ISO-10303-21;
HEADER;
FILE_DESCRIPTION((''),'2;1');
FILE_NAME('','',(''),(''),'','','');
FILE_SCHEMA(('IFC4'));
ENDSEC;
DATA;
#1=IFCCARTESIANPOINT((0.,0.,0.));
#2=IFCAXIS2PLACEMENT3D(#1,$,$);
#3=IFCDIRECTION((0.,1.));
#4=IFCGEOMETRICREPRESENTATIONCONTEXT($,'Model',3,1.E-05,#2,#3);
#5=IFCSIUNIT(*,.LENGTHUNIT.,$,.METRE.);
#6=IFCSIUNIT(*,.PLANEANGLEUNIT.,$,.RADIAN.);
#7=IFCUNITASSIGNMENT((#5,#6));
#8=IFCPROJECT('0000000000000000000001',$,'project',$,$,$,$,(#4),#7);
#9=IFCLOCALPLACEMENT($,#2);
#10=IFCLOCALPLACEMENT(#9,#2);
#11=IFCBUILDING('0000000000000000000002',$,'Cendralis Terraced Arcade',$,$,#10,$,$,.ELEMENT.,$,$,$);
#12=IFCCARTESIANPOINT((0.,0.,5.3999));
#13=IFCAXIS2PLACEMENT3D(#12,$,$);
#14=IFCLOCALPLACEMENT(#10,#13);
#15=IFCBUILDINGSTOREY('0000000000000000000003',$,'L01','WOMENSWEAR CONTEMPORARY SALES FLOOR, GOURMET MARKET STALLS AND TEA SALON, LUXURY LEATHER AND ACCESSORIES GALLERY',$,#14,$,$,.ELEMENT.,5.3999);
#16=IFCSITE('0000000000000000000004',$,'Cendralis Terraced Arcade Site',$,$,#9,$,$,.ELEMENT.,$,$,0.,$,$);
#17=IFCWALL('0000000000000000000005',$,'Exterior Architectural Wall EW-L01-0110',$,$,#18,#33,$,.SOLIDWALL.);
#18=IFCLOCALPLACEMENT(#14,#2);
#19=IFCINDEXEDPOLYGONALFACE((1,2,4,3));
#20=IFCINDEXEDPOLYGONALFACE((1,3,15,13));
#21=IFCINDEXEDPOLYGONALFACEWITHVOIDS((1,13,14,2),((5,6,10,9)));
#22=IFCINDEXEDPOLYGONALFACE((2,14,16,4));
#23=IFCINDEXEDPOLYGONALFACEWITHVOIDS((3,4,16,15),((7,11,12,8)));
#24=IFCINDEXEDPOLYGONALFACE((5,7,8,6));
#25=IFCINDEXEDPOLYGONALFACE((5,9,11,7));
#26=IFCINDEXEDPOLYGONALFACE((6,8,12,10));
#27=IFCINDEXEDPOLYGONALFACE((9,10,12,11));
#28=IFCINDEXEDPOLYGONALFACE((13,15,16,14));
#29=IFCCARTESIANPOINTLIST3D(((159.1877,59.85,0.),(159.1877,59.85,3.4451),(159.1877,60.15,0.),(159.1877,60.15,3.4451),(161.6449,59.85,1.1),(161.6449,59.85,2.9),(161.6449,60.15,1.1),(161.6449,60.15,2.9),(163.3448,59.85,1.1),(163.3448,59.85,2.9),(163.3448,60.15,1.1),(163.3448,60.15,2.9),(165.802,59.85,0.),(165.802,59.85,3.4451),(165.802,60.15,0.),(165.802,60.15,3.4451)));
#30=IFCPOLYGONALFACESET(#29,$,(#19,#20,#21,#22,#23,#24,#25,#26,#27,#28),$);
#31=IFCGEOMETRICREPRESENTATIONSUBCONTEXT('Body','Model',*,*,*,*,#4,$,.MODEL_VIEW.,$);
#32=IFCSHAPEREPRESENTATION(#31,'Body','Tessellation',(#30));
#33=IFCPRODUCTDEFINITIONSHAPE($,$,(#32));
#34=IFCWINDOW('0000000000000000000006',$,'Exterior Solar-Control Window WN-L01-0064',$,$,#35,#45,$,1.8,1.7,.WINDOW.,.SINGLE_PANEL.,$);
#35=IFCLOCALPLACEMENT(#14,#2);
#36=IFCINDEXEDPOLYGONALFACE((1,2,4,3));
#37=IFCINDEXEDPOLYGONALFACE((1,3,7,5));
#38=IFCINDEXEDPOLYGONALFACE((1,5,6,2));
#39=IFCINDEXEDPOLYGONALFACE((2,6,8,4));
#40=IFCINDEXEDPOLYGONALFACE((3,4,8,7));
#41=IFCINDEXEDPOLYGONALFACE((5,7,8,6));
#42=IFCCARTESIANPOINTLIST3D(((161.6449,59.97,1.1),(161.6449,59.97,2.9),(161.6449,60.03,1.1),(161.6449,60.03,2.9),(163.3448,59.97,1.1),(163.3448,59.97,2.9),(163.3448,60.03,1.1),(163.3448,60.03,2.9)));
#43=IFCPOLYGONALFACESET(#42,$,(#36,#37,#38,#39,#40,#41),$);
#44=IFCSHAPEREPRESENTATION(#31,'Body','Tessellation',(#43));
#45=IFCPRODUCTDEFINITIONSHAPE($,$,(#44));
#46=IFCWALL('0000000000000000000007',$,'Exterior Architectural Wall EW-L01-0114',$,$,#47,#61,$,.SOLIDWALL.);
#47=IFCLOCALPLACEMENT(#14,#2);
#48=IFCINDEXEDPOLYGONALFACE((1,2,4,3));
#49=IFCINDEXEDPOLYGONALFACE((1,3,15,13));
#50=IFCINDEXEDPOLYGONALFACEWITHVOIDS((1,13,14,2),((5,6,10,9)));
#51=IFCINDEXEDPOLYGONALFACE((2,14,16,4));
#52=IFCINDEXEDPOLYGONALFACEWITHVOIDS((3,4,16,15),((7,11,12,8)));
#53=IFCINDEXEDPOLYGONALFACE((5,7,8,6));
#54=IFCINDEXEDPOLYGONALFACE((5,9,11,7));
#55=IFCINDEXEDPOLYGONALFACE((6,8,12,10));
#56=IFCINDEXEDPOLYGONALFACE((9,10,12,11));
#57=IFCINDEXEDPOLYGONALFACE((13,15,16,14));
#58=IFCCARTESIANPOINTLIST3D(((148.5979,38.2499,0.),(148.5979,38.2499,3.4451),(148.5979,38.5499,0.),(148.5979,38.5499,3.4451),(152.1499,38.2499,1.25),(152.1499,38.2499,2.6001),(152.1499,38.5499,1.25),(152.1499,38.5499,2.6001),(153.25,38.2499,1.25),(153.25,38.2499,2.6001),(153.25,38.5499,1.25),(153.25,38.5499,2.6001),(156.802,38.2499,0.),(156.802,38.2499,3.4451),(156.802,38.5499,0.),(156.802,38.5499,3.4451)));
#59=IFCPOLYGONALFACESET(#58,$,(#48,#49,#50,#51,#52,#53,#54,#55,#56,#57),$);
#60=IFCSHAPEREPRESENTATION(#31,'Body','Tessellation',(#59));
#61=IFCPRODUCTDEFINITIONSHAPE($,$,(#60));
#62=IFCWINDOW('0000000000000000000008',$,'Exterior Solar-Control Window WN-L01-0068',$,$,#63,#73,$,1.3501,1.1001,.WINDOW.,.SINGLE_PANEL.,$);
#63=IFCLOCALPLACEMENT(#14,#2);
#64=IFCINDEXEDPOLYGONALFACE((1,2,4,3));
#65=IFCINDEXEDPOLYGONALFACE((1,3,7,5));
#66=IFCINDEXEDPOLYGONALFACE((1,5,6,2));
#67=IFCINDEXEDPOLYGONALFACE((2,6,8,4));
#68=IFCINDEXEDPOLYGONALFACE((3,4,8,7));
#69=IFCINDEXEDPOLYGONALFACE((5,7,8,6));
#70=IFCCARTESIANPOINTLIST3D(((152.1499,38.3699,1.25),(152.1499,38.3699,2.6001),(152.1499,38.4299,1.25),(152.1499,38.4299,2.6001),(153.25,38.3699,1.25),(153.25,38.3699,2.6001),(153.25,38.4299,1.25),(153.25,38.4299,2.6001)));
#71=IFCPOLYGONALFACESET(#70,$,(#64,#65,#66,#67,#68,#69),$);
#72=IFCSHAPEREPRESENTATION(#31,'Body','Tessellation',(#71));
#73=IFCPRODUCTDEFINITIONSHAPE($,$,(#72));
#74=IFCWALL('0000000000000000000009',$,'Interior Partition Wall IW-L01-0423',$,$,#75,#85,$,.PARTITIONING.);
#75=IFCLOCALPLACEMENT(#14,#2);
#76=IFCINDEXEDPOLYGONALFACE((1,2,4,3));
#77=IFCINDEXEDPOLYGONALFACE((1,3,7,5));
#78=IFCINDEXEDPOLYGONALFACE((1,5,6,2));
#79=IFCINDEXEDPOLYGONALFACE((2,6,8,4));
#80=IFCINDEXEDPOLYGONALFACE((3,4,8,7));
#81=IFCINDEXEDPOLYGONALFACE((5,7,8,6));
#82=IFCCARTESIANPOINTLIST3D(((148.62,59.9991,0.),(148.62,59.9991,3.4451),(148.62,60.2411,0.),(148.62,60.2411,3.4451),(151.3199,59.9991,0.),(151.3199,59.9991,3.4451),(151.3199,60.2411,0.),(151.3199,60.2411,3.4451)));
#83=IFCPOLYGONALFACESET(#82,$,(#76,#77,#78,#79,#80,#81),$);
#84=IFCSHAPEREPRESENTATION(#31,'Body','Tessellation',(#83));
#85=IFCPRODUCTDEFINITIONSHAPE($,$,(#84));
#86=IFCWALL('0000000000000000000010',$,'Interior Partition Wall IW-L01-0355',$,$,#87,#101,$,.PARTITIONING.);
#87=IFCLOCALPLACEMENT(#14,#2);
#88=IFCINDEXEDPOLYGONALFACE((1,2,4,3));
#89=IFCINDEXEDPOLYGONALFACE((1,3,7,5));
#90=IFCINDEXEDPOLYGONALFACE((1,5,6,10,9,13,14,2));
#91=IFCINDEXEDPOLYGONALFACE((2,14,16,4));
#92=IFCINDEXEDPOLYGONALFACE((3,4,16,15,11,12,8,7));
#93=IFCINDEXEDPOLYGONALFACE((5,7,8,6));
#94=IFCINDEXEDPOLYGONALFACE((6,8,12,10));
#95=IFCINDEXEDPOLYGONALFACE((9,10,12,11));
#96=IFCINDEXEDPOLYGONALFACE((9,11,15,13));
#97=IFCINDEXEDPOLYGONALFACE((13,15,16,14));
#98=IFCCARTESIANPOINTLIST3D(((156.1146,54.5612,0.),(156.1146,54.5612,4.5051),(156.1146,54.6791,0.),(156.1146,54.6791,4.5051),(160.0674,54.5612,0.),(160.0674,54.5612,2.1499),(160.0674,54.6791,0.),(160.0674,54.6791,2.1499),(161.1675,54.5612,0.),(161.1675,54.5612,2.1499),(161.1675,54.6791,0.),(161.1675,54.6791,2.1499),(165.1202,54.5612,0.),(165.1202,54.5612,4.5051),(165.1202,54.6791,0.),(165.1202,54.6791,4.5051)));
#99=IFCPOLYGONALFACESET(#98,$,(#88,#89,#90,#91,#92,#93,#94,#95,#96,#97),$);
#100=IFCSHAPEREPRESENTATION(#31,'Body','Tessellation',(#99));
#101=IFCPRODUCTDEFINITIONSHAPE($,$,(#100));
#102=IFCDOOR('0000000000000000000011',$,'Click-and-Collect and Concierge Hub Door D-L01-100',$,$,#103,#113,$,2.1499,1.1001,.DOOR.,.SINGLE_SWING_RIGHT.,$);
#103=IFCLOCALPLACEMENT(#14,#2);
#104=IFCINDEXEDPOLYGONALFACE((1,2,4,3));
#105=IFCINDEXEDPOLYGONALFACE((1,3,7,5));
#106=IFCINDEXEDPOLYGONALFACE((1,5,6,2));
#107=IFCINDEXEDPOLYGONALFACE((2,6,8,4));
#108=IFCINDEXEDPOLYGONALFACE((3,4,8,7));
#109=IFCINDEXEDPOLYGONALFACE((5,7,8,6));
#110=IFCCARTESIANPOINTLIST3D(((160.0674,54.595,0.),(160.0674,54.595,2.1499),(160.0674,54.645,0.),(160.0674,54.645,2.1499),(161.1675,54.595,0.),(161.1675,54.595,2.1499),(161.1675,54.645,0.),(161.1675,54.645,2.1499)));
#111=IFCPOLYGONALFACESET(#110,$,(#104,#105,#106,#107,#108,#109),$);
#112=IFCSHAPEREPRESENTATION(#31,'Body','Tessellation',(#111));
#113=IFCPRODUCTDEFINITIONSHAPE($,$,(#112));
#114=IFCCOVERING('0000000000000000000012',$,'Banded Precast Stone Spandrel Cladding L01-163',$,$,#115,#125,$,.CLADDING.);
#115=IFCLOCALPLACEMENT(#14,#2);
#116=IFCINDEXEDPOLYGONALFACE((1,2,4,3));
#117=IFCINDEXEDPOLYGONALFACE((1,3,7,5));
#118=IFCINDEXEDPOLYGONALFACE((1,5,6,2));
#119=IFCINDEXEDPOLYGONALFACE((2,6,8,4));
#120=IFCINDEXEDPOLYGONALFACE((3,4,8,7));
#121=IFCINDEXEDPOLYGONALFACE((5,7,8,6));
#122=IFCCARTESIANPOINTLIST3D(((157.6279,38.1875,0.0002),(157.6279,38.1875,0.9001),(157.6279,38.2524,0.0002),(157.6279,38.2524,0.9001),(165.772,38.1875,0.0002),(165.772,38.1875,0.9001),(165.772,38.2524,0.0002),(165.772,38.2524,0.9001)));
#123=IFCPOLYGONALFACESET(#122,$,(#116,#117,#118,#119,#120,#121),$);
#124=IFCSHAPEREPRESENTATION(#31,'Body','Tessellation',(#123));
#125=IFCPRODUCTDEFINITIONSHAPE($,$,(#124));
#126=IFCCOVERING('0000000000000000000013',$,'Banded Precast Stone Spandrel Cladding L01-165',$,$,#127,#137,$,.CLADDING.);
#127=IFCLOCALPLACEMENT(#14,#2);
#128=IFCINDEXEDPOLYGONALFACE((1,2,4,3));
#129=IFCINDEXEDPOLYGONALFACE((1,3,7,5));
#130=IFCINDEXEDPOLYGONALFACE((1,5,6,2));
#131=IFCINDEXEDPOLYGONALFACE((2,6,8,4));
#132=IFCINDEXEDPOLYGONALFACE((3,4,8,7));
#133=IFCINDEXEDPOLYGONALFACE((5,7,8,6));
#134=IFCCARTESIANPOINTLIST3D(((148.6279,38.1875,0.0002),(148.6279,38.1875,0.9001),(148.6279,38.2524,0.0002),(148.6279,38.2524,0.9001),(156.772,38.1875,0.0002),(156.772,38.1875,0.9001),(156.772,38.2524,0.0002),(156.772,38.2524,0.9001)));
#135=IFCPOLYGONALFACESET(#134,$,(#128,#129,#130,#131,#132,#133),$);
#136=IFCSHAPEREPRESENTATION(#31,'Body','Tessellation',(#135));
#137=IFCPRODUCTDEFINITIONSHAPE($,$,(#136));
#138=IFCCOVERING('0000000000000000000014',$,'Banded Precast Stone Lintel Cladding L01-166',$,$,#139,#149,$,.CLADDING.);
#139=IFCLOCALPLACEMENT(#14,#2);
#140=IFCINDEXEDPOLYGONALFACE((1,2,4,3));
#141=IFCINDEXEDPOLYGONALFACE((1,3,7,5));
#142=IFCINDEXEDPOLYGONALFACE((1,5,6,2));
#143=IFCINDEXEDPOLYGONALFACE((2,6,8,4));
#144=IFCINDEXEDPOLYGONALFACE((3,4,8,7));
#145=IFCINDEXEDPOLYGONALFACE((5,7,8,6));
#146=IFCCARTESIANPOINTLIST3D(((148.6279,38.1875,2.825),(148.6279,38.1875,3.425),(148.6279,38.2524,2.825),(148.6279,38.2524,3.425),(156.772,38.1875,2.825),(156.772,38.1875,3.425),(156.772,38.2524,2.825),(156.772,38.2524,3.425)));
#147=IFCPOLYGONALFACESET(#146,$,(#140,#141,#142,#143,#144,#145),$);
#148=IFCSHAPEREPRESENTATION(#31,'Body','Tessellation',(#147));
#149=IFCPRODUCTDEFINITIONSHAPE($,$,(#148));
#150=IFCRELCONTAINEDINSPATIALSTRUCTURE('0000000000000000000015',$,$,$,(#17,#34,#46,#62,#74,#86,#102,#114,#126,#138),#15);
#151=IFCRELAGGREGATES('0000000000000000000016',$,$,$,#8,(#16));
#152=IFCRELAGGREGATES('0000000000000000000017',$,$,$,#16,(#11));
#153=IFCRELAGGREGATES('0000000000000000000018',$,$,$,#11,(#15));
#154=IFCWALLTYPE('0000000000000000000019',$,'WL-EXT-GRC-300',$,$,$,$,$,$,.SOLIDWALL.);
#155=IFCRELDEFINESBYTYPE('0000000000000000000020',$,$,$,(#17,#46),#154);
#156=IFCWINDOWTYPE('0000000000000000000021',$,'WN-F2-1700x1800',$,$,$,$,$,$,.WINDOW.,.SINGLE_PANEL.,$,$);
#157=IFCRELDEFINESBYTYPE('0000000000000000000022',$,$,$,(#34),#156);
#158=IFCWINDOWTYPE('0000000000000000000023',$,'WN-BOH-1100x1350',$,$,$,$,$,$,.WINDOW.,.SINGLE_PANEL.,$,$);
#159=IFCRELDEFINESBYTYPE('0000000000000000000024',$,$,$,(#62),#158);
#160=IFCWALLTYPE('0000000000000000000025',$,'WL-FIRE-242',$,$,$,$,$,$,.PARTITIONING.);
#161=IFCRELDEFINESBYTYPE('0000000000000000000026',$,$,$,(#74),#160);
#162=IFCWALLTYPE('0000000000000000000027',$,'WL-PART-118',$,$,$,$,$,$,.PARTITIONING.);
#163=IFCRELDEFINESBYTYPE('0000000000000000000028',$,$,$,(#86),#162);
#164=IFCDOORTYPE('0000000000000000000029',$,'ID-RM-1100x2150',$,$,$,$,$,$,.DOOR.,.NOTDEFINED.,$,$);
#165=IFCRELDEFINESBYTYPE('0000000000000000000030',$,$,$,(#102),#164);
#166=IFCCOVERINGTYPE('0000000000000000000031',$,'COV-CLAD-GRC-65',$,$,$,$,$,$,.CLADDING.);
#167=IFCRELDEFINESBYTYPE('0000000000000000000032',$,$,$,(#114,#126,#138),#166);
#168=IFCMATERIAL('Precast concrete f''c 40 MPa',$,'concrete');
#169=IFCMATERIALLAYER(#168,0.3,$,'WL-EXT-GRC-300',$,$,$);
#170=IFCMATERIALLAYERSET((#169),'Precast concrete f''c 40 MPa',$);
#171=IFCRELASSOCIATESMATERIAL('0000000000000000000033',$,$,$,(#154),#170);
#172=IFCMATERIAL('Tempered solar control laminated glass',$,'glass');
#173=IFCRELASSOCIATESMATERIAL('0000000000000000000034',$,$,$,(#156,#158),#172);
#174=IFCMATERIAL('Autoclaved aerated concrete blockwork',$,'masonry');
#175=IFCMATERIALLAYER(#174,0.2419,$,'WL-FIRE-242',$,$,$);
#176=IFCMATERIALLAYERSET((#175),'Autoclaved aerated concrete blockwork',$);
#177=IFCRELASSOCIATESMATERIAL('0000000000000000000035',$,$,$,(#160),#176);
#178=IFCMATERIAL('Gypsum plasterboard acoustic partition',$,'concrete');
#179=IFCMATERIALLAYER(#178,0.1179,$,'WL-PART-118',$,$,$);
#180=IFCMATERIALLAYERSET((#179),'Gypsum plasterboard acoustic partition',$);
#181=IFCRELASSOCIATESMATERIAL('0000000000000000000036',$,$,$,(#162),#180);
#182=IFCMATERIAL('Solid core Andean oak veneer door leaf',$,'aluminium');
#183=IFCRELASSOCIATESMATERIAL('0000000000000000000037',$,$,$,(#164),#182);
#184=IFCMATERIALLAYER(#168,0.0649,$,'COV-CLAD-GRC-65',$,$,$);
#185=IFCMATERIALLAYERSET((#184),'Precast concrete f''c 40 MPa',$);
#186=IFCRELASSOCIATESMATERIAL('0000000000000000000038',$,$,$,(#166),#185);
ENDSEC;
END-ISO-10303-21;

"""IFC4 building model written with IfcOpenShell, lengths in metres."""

from ifc_helpers import new_model, si_unit, direction, frame, frame_2d, origin, origin_2d, place, context, subcontext, project, spatial, rectangle, extrude, material, layer, layer_set, type_object, element, fill, save


model = new_model("IFC4")

# Units and contexts
model_context = context("Model", 3, precision=1e-05, world=origin(), true_north=direction((0.0, 1.0)))
body_context = subcontext(model_context, "Body", "Model", "MODEL_VIEW")
ifc_project = project(units=[si_unit("LENGTHUNIT", "METRE"), si_unit("PLANEANGLEUNIT", "RADIAN")], contexts=[model_context])

# Site, building, storey
site_placement = place(None, origin())
site = spatial("IfcSite", under=ifc_project, at=site_placement, Name="Cendralis Terraced Arcade Site", CompositionType="ELEMENT", RefElevation=0.0)
building_placement = place(site_placement, origin())
building = spatial("IfcBuilding", under=site, at=building_placement, Name="Cendralis Terraced Arcade", CompositionType="ELEMENT")
storey_placement = place(building_placement, frame((0.0, 0.0, 5.3999)))
storey = spatial("IfcBuildingStorey", under=building, at=storey_placement, Name="L01", Description="WOMENSWEAR CONTEMPORARY SALES FLOOR, GOURMET MARKET STALLS AND TEA SALON, LUXURY LEATHER AND ACCESSORIES GALLERY", CompositionType="ELEMENT", Elevation=5.3999)

# Walls, openings, windows
ifc_material_1 = material(Name="Precast concrete f'c 40 MPa", Category="concrete")
ifc_layer_1 = layer(ifc_material_1, 0.3, Name="WL-EXT-GRC-300")
ifc_layer_set_1 = layer_set([ifc_layer_1], Name="Precast concrete f'c 40 MPa")
wall_type_1 = type_object("IfcWallType", Name="WL-EXT-GRC-300", PredefinedType="SOLIDWALL", material=ifc_layer_set_1)
wall_1_placement = place(storey_placement, frame((159.1877, 60.0, 0.0), z_axis=(0.0, 0.0, 1.0), x_axis=(1.0, 0.0, 0.0)))
wall_1 = element("IfcWall", 1, at=wall_1_placement, inside=storey, type_object=wall_type_1, Name="Exterior Architectural Wall EW-L01-0110", PredefinedType="SOLIDWALL", context=body_context, shape_type="SweptSolid", body=[
    extrude(rectangle(XDim=6.6143, YDim=0.3, at=frame_2d((3.3071, 0.0))), origin(), (0.0, 0.0, 1.0), 3.4451),
])
opening_1_placement = place(wall_1_placement, frame((2.457, 0.0, 1.1001)))
opening_1 = element("IfcOpeningElement", 2, at=opening_1_placement, cuts=wall_1, PredefinedType="OPENING", context=body_context, shape_type="SweptSolid", body=[
    extrude(rectangle(XDim=1.7, YDim=1.8, at=frame_2d((0.8501, 0.8999))), frame((0.0, 0.1621, 0.0), z_axis=(0.0, -1.0, 0.0), x_axis=(1.0, 0.0, 0.0)), (0.0, 0.0, 1.0), 0.324),
])
ifc_material_2 = material(Name="Tempered solar control laminated glass", Category="glass")
window_type_1 = type_object("IfcWindowType", Name="WN-F2-1700x1800", PartitioningType="SINGLE_PANEL", PredefinedType="WINDOW", material=ifc_material_2)
window_1_placement = place(opening_1_placement, origin())
window_1 = element("IfcWindow", 3, at=window_1_placement, inside=storey, type_object=window_type_1, Name="Exterior Solar-Control Window WN-L01-0064", OverallHeight=1.8, OverallWidth=1.7, PartitioningType="SINGLE_PANEL", PredefinedType="WINDOW", context=body_context, shape_type="SweptSolid", body=[
    extrude(rectangle(XDim=1.7, YDim=1.8, at=frame_2d((0.8501, 0.8999))), frame((0.0, 0.03, 0.0), z_axis=(0.0, -1.0, 0.0), x_axis=(1.0, 0.0, 0.0)), (0.0, 0.0, 1.0), 0.0601),
])
fill(opening_1, window_1)
wall_2_placement = place(storey_placement, frame((156.802, 38.3999, 0.0), z_axis=(0.0, 0.0, 1.0), x_axis=(-1.0, 0.0, 0.0)))
wall_2 = element("IfcWall", 4, at=wall_2_placement, inside=storey, type_object=wall_type_1, Name="Exterior Architectural Wall EW-L01-0114", PredefinedType="SOLIDWALL", context=body_context, shape_type="SweptSolid", body=[
    extrude(rectangle(XDim=8.2041, YDim=0.3, at=frame_2d((4.1021, 0.0))), origin(), (0.0, 0.0, 1.0), 3.4451),
])
opening_2_placement = place(wall_2_placement, frame((3.552, 0.0, 1.25)))
opening_2 = element("IfcOpeningElement", 5, at=opening_2_placement, cuts=wall_2, PredefinedType="OPENING", context=body_context, shape_type="SweptSolid", body=[
    extrude(rectangle(XDim=1.1001, YDim=1.3501, at=frame_2d((0.55, 0.675))), frame((0.0, 0.1621, 0.0), z_axis=(0.0, -1.0, 0.0), x_axis=(1.0, 0.0, 0.0)), (0.0, 0.0, 1.0), 0.324),
])
window_type_2 = type_object("IfcWindowType", Name="WN-BOH-1100x1350", PartitioningType="SINGLE_PANEL", PredefinedType="WINDOW", material=ifc_material_2)
window_2_placement = place(opening_2_placement, origin())
window_2 = element("IfcWindow", 6, at=window_2_placement, inside=storey, type_object=window_type_2, Name="Exterior Solar-Control Window WN-L01-0068", OverallHeight=1.3501, OverallWidth=1.1001, PartitioningType="SINGLE_PANEL", PredefinedType="WINDOW", context=body_context, shape_type="SweptSolid", body=[
    extrude(rectangle(XDim=1.1001, YDim=1.3501, at=frame_2d((0.55, 0.675))), frame((0.0, 0.03, 0.0), z_axis=(0.0, -1.0, 0.0), x_axis=(1.0, 0.0, 0.0)), (0.0, 0.0, 1.0), 0.0601),
])
fill(opening_2, window_2)

# Wall
ifc_material_3 = material(Name="Autoclaved aerated concrete blockwork", Category="masonry")
ifc_layer_2 = layer(ifc_material_3, 0.2419, Name="WL-FIRE-242")
ifc_layer_set_2 = layer_set([ifc_layer_2], Name="Autoclaved aerated concrete blockwork")
wall_type_2 = type_object("IfcWallType", Name="WL-FIRE-242", PredefinedType="PARTITIONING", material=ifc_layer_set_2)
wall_3_placement = place(storey_placement, frame((151.3201, 60.1201, 0.0), z_axis=(0.0, 0.0, 1.0), x_axis=(-1.0, 0.0, 0.0)))
element("IfcWall", 7, at=wall_3_placement, inside=storey, type_object=wall_type_2, Name="Interior Partition Wall IW-L01-0423", PredefinedType="PARTITIONING", context=body_context, shape_type="SweptSolid", body=[
    extrude(rectangle(XDim=2.7, YDim=0.2419, at=frame_2d((1.3501, 0.0))), origin(), (0.0, 0.0, 1.0), 3.4451),
])

# Wall, opening, door
ifc_material_4 = material(Name="Gypsum plasterboard acoustic partition", Category="concrete")
ifc_layer_3 = layer(ifc_material_4, 0.1179, Name="WL-PART-118")
ifc_layer_set_3 = layer_set([ifc_layer_3], Name="Gypsum plasterboard acoustic partition")
wall_type_3 = type_object("IfcWallType", Name="WL-PART-118", PredefinedType="PARTITIONING", material=ifc_layer_set_3)
wall_4_placement = place(storey_placement, frame((156.1145, 54.6201, 0.0), z_axis=(0.0, 0.0, 1.0), x_axis=(1.0, 0.0, 0.0)))
wall_4 = element("IfcWall", 8, at=wall_4_placement, inside=storey, type_object=wall_type_3, Name="Interior Partition Wall IW-L01-0355", PredefinedType="PARTITIONING", context=body_context, shape_type="SweptSolid", body=[
    extrude(rectangle(XDim=9.0056, YDim=0.1179, at=frame_2d((4.5029, 0.0))), origin(), (0.0, 0.0, 1.0), 4.5051),
])
opening_3_placement = place(wall_4_placement, frame((3.9529, 0.0, 0.0)))
opening_3 = element("IfcOpeningElement", 9, at=opening_3_placement, cuts=wall_4, PredefinedType="OPENING", context=body_context, shape_type="SweptSolid", body=[
    extrude(rectangle(XDim=1.1001, YDim=2.1499, at=frame_2d((0.55, 1.075))), frame((0.0, 0.0708, 0.0), z_axis=(0.0, -1.0, 0.0), x_axis=(1.0, 0.0, 0.0)), (0.0, 0.0, 1.0), 0.1418),
])
ifc_material_5 = material(Name="Solid core Andean oak veneer door leaf", Category="aluminium")
door_type = type_object("IfcDoorType", Name="ID-RM-1100x2150", OperationType="NOTDEFINED", PredefinedType="DOOR", material=ifc_material_5)
door_placement = place(opening_3_placement, origin())
door = element("IfcDoor", 10, at=door_placement, inside=storey, type_object=door_type, Name="Click-and-Collect and Concierge Hub Door D-L01-100", OperationType="SINGLE_SWING_RIGHT", OverallHeight=2.1499, OverallWidth=1.1001, PredefinedType="DOOR", context=body_context, shape_type="SweptSolid", body=[
    extrude(rectangle(XDim=1.1001, YDim=2.1499, at=frame_2d((0.55, 1.075))), frame((0.0, 0.0249, 0.0), z_axis=(0.0, -1.0, 0.0), x_axis=(1.0, 0.0, 0.0)), (0.0, 0.0, 1.0), 0.05),
])
fill(opening_3, door)

# Coverings
ifc_layer_4 = layer(ifc_material_1, 0.0649, Name="COV-CLAD-GRC-65")
ifc_layer_set_4 = layer_set([ifc_layer_4], Name="Precast concrete f'c 40 MPa")
covering_type = type_object("IfcCoveringType", Name="COV-CLAD-GRC-65", PredefinedType="CLADDING", material=ifc_layer_set_4)
for number, where, z_axis, x_axis, name in (
    (11, (161.7, 38.22, 0.0002), (0.0, 0.0, 1.0), (-1.0, 0.0, 0.0), "Banded Precast Stone Spandrel Cladding L01-163"),
    (12, (152.7, 38.22, 0.0002), (0.0, 0.0, 1.0), (-1.0, 0.0, 0.0), "Banded Precast Stone Spandrel Cladding L01-165"),
):
    element("IfcCovering", number, at=place(storey_placement, frame(where, z_axis=z_axis, x_axis=x_axis)), inside=storey, type_object=covering_type, Name=name, PredefinedType="CLADDING", context=body_context, shape_type="SweptSolid", body=[
        extrude(rectangle(XDim=8.144, YDim=0.0649, at=origin_2d()), origin(), (0.0, 0.0, 1.0), 0.8999),
    ])
covering_placement = place(storey_placement, frame((152.7, 38.22, 2.825), z_axis=(0.0, 0.0, 1.0), x_axis=(-1.0, 0.0, 0.0)))
element("IfcCovering", 13, at=covering_placement, inside=storey, type_object=covering_type, Name="Banded Precast Stone Lintel Cladding L01-166", PredefinedType="CLADDING", context=body_context, shape_type="SweptSolid", body=[
    extrude(rectangle(XDim=8.144, YDim=0.0649, at=origin_2d()), origin(), (0.0, 0.0, 1.0), 0.6001),
])

save(model, "model.ifc")
